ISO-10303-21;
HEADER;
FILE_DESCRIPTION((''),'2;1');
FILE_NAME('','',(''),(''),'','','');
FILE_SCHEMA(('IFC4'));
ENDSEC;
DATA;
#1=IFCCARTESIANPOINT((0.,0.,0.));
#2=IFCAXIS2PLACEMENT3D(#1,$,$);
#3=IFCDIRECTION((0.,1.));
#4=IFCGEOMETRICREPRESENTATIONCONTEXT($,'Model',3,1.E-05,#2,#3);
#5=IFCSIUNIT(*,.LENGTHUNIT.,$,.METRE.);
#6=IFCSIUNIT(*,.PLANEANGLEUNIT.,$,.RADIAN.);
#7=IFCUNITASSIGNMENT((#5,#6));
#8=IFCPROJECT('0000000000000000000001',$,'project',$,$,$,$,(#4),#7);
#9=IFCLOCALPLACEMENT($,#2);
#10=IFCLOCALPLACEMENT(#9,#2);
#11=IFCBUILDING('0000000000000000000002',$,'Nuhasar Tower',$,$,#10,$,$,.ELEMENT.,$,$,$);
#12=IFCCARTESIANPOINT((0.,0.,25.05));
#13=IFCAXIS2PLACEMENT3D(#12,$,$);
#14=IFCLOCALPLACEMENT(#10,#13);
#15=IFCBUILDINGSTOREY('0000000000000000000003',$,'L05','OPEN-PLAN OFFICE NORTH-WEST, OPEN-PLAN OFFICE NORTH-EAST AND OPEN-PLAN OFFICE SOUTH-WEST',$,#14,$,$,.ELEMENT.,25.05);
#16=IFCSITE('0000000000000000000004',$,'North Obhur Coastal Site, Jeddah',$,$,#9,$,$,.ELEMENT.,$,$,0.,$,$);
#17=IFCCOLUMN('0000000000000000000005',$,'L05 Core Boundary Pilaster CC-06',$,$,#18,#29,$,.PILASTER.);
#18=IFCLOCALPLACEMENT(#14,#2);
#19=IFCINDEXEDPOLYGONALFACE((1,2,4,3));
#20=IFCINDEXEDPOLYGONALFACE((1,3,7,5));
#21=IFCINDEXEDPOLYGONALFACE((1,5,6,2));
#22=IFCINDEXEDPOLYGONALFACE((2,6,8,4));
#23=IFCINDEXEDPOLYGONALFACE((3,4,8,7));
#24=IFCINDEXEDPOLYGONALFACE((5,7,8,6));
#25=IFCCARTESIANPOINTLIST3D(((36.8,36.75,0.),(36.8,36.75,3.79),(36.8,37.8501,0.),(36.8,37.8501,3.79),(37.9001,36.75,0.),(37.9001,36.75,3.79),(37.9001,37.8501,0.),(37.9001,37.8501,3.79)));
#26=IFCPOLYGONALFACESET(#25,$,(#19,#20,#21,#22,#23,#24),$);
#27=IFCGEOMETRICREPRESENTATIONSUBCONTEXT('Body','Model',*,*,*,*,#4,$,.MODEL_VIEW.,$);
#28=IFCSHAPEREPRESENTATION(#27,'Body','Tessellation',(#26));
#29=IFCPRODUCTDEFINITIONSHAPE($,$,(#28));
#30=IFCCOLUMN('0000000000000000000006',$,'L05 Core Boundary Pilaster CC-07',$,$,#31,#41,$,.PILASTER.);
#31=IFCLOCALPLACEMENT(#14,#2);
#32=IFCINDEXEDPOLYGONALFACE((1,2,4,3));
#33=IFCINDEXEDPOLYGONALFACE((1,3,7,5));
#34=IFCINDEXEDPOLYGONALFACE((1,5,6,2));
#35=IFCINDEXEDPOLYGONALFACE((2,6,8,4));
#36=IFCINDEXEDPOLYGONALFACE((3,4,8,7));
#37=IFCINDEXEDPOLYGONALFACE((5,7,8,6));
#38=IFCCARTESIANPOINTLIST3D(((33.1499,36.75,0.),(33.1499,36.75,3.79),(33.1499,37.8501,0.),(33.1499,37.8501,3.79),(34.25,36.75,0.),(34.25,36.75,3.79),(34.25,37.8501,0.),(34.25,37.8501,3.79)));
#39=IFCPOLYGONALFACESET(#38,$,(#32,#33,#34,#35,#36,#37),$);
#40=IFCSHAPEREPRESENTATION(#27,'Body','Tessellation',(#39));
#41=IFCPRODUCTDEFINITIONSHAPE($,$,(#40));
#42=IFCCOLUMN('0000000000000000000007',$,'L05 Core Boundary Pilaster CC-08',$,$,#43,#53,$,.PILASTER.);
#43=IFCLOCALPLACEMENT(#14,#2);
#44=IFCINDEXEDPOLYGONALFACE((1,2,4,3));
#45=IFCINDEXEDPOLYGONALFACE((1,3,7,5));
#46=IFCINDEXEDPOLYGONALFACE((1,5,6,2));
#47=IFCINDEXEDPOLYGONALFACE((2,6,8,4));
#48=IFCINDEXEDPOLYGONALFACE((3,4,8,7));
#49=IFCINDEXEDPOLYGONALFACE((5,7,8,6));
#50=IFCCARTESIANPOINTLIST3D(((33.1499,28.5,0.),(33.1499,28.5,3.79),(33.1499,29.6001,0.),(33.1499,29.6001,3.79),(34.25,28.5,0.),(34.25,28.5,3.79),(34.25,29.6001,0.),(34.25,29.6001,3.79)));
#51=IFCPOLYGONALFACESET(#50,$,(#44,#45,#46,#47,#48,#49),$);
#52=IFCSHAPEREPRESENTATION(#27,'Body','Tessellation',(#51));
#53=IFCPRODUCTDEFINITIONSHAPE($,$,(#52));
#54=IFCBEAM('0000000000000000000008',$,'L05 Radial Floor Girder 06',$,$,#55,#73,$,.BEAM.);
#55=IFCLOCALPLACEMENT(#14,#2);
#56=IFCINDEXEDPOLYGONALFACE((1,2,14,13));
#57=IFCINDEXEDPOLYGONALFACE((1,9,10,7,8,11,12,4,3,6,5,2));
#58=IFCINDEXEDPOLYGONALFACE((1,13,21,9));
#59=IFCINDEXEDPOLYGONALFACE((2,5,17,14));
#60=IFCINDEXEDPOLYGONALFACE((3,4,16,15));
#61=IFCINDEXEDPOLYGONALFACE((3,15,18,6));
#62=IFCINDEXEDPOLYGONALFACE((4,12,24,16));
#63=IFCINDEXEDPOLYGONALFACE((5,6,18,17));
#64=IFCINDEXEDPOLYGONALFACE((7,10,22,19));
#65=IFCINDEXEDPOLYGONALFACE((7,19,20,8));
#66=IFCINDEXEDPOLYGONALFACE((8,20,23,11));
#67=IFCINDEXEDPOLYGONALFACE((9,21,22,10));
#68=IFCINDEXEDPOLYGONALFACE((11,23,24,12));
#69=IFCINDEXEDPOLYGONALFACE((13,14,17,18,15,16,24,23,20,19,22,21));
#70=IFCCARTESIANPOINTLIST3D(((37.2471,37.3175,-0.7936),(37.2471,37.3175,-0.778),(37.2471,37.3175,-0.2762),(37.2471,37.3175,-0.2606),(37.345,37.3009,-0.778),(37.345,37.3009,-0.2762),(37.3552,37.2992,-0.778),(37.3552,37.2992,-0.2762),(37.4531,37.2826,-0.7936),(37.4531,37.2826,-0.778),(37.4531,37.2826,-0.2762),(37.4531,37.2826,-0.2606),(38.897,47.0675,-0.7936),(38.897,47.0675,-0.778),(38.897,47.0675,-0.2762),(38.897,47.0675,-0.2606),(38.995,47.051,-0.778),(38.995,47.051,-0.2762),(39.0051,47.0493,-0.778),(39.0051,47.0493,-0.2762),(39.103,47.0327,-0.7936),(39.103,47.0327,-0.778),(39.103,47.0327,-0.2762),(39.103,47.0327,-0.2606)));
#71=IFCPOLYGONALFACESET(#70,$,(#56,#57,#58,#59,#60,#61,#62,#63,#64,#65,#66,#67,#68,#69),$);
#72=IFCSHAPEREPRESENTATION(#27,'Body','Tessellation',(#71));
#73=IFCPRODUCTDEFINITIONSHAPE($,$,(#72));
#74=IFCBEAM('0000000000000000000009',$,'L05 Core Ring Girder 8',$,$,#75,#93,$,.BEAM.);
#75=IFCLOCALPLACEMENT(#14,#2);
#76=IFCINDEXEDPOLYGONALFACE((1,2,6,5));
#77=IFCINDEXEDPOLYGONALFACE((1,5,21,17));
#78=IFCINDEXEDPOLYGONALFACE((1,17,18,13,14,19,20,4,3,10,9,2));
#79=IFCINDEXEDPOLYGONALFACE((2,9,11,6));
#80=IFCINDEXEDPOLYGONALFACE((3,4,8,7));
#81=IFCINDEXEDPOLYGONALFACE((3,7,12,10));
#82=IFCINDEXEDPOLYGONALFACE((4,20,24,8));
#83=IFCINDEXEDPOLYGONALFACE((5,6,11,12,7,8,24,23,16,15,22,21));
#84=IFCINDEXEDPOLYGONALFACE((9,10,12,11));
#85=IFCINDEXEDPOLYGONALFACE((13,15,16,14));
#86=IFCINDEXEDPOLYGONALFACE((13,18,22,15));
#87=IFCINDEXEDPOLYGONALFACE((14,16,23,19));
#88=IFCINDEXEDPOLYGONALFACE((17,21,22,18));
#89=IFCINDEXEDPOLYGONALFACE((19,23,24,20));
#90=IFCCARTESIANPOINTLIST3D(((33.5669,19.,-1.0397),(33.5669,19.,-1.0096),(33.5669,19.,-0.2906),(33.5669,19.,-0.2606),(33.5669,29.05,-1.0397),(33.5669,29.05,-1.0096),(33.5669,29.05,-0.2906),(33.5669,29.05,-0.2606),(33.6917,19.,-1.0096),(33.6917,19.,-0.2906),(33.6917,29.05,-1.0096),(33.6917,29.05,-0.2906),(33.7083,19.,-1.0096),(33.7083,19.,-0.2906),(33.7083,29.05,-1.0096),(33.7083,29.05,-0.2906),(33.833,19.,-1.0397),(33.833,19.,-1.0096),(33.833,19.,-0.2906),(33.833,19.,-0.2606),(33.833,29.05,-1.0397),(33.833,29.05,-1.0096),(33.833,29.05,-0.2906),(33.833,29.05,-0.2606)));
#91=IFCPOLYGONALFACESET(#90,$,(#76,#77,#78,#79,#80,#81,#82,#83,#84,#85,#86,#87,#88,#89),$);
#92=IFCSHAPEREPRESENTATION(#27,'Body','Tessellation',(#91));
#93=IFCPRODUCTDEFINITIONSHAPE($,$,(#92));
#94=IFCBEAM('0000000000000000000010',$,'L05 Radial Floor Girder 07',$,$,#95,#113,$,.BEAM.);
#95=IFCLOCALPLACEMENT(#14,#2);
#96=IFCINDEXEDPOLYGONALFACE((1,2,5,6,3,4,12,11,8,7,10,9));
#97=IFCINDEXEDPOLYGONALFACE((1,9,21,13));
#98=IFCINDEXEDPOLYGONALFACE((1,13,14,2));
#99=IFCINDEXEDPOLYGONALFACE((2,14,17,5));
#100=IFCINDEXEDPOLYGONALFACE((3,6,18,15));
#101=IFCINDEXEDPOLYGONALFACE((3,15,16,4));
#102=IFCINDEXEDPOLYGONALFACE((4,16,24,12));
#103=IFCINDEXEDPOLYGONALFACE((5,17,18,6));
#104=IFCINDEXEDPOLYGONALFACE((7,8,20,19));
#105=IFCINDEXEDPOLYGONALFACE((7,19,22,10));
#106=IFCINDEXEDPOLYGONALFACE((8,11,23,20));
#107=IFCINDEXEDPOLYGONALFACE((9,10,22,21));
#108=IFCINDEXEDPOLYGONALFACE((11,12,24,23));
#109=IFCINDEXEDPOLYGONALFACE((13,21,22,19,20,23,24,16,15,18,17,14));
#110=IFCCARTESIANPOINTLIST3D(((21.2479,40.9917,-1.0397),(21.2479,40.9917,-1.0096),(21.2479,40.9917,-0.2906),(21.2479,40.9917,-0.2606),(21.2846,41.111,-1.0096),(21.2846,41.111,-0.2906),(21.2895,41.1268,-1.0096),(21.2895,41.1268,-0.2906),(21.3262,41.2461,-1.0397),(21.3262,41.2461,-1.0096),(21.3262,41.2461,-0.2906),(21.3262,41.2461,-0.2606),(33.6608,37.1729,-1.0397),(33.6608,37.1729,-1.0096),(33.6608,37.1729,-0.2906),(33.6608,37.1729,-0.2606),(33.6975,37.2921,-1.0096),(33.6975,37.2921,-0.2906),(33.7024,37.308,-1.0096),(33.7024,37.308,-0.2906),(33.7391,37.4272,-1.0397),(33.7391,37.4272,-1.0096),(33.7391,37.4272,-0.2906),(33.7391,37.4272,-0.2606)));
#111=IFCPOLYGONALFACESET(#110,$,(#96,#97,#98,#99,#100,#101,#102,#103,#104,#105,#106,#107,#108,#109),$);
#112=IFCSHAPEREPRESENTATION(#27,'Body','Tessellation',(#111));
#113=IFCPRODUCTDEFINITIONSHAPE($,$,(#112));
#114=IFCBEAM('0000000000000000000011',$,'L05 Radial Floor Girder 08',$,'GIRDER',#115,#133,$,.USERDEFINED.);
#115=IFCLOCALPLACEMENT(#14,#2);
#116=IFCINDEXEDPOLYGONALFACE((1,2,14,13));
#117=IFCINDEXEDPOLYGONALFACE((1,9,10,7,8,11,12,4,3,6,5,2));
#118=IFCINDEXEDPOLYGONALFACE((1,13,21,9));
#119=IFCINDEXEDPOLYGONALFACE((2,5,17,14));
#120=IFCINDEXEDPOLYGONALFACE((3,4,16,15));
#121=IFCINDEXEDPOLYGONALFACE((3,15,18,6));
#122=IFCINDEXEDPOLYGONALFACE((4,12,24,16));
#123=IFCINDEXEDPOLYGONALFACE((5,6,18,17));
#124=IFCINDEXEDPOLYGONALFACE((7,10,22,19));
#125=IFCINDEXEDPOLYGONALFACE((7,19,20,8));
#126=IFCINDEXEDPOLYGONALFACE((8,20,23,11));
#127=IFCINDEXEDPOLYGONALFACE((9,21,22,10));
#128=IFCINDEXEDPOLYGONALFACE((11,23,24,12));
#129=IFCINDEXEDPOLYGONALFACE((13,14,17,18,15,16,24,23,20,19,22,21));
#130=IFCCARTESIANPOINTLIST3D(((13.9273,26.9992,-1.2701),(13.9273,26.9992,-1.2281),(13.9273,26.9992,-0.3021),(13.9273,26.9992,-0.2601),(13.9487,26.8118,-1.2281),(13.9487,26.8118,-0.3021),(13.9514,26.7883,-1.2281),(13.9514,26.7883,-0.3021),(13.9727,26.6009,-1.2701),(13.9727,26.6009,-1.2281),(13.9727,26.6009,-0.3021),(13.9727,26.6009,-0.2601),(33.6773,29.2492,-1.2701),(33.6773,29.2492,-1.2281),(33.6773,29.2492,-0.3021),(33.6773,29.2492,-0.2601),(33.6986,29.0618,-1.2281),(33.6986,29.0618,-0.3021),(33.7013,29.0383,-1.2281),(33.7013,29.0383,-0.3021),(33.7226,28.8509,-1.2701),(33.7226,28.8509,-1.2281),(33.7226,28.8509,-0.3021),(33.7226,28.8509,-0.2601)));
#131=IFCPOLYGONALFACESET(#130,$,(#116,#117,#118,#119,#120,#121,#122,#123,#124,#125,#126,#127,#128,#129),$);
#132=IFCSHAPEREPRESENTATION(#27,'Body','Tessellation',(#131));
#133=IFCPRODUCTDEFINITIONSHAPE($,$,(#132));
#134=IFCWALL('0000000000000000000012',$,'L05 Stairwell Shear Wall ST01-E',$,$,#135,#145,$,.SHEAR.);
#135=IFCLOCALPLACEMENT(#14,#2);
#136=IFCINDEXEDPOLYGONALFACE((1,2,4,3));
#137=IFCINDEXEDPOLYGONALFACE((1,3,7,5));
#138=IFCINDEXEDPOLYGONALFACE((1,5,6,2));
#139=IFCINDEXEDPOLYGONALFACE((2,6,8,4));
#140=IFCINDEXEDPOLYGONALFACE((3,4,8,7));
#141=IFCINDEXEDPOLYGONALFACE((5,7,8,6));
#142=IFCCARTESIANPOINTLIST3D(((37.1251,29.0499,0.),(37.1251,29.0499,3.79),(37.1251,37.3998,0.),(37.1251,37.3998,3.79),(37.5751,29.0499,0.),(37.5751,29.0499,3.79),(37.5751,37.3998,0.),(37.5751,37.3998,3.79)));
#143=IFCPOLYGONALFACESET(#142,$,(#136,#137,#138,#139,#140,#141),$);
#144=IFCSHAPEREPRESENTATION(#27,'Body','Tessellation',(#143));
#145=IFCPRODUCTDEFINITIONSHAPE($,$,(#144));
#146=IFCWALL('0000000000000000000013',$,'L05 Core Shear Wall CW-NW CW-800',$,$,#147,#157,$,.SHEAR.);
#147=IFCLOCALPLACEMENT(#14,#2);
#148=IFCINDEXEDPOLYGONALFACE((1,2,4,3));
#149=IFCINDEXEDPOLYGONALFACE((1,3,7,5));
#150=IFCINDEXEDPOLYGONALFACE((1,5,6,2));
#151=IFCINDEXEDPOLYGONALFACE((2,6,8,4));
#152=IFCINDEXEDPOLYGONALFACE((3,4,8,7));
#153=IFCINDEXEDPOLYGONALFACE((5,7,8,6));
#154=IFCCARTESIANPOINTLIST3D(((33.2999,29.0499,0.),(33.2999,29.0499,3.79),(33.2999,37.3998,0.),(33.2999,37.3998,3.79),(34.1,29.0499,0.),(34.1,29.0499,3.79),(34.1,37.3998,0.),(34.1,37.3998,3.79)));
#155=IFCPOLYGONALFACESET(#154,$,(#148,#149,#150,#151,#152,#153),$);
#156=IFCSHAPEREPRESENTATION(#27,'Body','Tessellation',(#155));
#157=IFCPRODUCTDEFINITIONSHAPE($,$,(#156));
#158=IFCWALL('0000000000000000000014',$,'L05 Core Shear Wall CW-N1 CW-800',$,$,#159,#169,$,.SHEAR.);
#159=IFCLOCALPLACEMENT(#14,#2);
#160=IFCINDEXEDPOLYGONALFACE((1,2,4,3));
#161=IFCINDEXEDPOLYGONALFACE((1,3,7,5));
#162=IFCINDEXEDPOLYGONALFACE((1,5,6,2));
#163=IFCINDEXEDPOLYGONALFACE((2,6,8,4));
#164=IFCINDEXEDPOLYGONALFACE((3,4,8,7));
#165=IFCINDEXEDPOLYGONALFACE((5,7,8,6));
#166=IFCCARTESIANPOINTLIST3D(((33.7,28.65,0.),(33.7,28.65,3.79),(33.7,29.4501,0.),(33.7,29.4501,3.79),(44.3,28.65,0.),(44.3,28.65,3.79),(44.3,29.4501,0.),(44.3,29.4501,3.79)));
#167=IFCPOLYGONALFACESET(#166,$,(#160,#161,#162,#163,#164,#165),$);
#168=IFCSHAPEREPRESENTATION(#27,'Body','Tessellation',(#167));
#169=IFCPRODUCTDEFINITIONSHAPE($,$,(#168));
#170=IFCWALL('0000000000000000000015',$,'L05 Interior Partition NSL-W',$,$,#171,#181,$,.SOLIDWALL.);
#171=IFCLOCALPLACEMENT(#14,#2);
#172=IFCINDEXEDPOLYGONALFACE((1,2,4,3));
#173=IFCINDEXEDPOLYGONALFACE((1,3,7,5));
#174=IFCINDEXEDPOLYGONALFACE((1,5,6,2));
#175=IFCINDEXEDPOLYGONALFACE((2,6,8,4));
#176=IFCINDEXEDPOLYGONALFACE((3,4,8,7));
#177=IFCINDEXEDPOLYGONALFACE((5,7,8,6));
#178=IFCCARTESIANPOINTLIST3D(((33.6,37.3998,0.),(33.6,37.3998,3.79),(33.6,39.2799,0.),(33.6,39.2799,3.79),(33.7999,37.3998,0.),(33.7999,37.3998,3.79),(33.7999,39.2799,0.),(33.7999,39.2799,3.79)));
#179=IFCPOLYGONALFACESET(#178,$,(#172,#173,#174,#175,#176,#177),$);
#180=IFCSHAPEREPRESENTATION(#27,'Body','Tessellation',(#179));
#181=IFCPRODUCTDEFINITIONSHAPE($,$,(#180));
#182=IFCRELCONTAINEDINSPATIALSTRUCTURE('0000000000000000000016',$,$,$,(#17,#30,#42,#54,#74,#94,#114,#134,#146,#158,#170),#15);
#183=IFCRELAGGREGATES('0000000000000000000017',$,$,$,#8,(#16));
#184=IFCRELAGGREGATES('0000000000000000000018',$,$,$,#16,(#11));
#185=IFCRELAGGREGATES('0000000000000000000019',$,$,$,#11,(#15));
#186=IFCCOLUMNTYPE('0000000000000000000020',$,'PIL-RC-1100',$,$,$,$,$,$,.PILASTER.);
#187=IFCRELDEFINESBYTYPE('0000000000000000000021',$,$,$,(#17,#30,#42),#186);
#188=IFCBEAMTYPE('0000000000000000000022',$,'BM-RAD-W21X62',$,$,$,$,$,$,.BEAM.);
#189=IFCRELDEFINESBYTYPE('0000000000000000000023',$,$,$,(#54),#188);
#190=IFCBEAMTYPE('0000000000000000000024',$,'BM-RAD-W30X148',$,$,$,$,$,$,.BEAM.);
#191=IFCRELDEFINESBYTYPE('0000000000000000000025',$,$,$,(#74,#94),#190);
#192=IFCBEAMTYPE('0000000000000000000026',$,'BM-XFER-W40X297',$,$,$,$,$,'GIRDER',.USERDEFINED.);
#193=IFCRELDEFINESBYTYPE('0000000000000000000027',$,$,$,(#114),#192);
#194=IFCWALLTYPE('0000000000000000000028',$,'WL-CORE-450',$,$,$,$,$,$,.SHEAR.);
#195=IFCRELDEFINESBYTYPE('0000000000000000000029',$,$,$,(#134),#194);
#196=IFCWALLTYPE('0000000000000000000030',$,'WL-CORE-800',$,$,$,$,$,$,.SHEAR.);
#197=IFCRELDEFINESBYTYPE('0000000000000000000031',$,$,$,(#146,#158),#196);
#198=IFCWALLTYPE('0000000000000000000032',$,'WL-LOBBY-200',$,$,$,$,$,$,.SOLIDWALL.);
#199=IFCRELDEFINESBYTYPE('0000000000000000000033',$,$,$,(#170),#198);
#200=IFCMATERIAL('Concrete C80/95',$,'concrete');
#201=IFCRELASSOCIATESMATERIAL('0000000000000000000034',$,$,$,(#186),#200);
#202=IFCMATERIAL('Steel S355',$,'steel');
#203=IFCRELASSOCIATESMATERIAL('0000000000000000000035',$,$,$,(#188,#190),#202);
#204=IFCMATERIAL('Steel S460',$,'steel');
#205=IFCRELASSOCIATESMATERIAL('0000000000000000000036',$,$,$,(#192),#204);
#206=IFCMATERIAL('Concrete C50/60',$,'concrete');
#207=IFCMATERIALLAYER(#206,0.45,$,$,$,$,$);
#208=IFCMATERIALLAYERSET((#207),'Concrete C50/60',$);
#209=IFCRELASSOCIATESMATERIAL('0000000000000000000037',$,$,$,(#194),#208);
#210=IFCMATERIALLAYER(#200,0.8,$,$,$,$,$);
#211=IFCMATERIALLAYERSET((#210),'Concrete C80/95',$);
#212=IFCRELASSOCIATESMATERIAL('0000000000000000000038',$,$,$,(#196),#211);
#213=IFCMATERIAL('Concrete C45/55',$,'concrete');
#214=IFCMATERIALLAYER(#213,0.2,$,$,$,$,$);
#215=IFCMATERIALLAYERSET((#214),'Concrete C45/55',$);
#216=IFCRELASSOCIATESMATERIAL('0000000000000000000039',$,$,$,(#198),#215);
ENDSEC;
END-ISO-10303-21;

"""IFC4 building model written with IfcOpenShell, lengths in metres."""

from ifc_helpers import new_model, si_unit, direction, frame, frame_2d, origin, origin_2d, place, context, subcontext, project, spatial, rectangle, i_section, extrude, material, layer, layer_set, material_profile, profile_set, type_object, element, save


model = new_model("IFC4")

# Units and contexts
model_context = context("Model", 3, precision=1e-05, world=origin(), true_north=direction((0.0, 1.0)))
body_context = subcontext(model_context, "Body", "Model", "MODEL_VIEW")
ifc_project = project(units=[si_unit("LENGTHUNIT", "METRE"), si_unit("PLANEANGLEUNIT", "RADIAN")], contexts=[model_context])

# Site, building, storey
site_placement = place(None, origin())
site = spatial("IfcSite", under=ifc_project, at=site_placement, Name="North Obhur Coastal Site, Jeddah", CompositionType="ELEMENT", RefElevation=0.0)
building_placement = place(site_placement, origin())
building = spatial("IfcBuilding", under=site, at=building_placement, Name="Nuhasar Tower", CompositionType="ELEMENT")
storey_placement = place(building_placement, frame((0.0, 0.0, 25.05)))
storey = spatial("IfcBuildingStorey", under=building, at=storey_placement, Name="L05", Description="OPEN-PLAN OFFICE NORTH-WEST, OPEN-PLAN OFFICE NORTH-EAST AND OPEN-PLAN OFFICE SOUTH-WEST", CompositionType="ELEMENT", Elevation=25.05)

# Columns
ifc_material_1 = material(Name="Concrete C80/95", Category="concrete")
ifc_material_profile_1 = material_profile(ifc_material_1, rectangle(XDim=1.1001, YDim=1.1001, at=origin_2d()), Name="RC1100X1100")
ifc_profile_set_1 = profile_set([ifc_material_profile_1], Name="Concrete C80/95")
column_type = type_object("IfcColumnType", Name="PIL-RC-1100", PredefinedType="PILASTER", material=ifc_profile_set_1)
for number, where, z_axis, x_axis, name in (
    (1, (37.3501, 37.3, 0.0), (0.0, 0.0, 1.0), (1.0, 0.0, 0.0), "L05 Core Boundary Pilaster CC-06"),
    (2, (33.7, 37.3, 0.0), (0.0, 0.0, 1.0), (1.0, 0.0, 0.0), "L05 Core Boundary Pilaster CC-07"),
    (3, (33.7, 29.05, 0.0), (0.0, 0.0, 1.0), (1.0, 0.0, 0.0), "L05 Core Boundary Pilaster CC-08"),
):
    element("IfcColumn", number, at=place(storey_placement, frame(where, z_axis=z_axis, x_axis=x_axis)), inside=storey, type_object=column_type, Name=name, PredefinedType="PILASTER", context=body_context, shape_type="SweptSolid", body=[
        extrude(rectangle(XDim=1.1001, YDim=1.1001, at=origin_2d()), origin(), (0.0, 0.0, 1.0), 3.79),
    ])

# Beams
ifc_material_2 = material(Name="Steel S355", Category="steel")
ifc_material_profile_2 = material_profile(ifc_material_2, i_section(OverallWidth=0.209, OverallDepth=0.533, WebThickness=0.0103, FlangeThickness=0.0156, at=origin_2d()), Name="W21X62")
ifc_profile_set_2 = profile_set([ifc_material_profile_2], Name="Steel S355")
beam_type_1 = type_object("IfcBeamType", Name="BM-RAD-W21X62", PredefinedType="BEAM", material=ifc_profile_set_2)
beam_1_placement = place(storey_placement, frame((37.3501, 37.3, -0.5271), z_axis=(0.166849, 0.985983, 0.0), x_axis=(-0.985983, 0.166849, 0.0)))
element("IfcBeam", 4, at=beam_1_placement, inside=storey, type_object=beam_type_1, Name="L05 Radial Floor Girder 06", PredefinedType="BEAM", context=body_context, shape_type="SweptSolid", body=[
    extrude(i_section(OverallWidth=0.209, OverallDepth=0.533, WebThickness=0.0103, FlangeThickness=0.0156, at=origin_2d()), origin(), (0.0, 0.0, 1.0), 9.8887),
])
ifc_material_profile_3 = material_profile(ifc_material_2, i_section(OverallWidth=0.2661, OverallDepth=0.7791, WebThickness=0.0166, FlangeThickness=0.03, at=origin_2d()), Name="W30X148")
ifc_profile_set_3 = profile_set([ifc_material_profile_3], Name="Steel S355")
beam_type_2 = type_object("IfcBeamType", Name="BM-RAD-W30X148", PredefinedType="BEAM", material=ifc_profile_set_3)
beam_2_placement = place(storey_placement, frame((33.7, 29.05, -0.6501), z_axis=(0.0, -1.0, 0.0), x_axis=(1.0, 0.0, 0.0)))
element("IfcBeam", 5, at=beam_2_placement, inside=storey, type_object=beam_type_2, Name="L05 Core Ring Girder 8", PredefinedType="BEAM", context=body_context, shape_type="SweptSolid", body=[
    extrude(i_section(OverallWidth=0.2661, OverallDepth=0.7791, WebThickness=0.0166, FlangeThickness=0.03, at=origin_2d()), origin(), (0.0, 0.0, 1.0), 10.05),
])
beam_3_placement = place(storey_placement, frame((33.7, 37.3, -0.6501), z_axis=(-0.95579, 0.294052, 0.0), x_axis=(-0.294052, -0.95579, 0.0)))
element("IfcBeam", 6, at=beam_3_placement, inside=storey, type_object=beam_type_2, Name="L05 Radial Floor Girder 07", PredefinedType="BEAM", context=body_context, shape_type="SweptSolid", body=[
    extrude(i_section(OverallWidth=0.2661, OverallDepth=0.7791, WebThickness=0.0166, FlangeThickness=0.03, at=origin_2d()), origin(), (0.0, 0.0, 1.0), 12.9871),
])
ifc_material_3 = material(Name="Steel S460", Category="steel")
ifc_material_profile_4 = material_profile(ifc_material_3, i_section(OverallWidth=0.4009, OverallDepth=1.01, WebThickness=0.0237, FlangeThickness=0.042, at=origin_2d()), Name="W40X297")
ifc_profile_set_4 = profile_set([ifc_material_profile_4], Name="Steel S460")
beam_type_3 = type_object("IfcBeamType", Name="BM-XFER-W40X297", ElementType="GIRDER", PredefinedType="USERDEFINED", material=ifc_profile_set_4)
beam_4_placement = place(storey_placement, frame((33.7, 29.05, -0.7651), z_axis=(-0.993573, -0.113192, 0.0), x_axis=(0.113192, -0.993573, 0.0)))
element("IfcBeam", 7, at=beam_4_placement, inside=storey, type_object=beam_type_3, Name="L05 Radial Floor Girder 08", ObjectType="GIRDER", PredefinedType="USERDEFINED", context=body_context, shape_type="SweptSolid", body=[
    extrude(i_section(OverallWidth=0.4009, OverallDepth=1.01, WebThickness=0.0237, FlangeThickness=0.042, at=origin_2d()), origin(), (0.0, 0.0, 1.0), 19.8777),
])

# Walls
ifc_material_4 = material(Name="Concrete C50/60", Category="concrete")
ifc_layer_1 = layer(ifc_material_4, 0.45)
ifc_layer_set_1 = layer_set([ifc_layer_1], Name="Concrete C50/60")
wall_type_1 = type_object("IfcWallType", Name="WL-CORE-450", PredefinedType="SHEAR", material=ifc_layer_set_1)
wall_1_placement = place(storey_placement, frame((37.3501, 29.05, 0.0), z_axis=(0.0, 0.0, 1.0), x_axis=(0.0, 1.0, 0.0)))
element("IfcWall", 8, at=wall_1_placement, inside=storey, type_object=wall_type_1, Name="L05 Stairwell Shear Wall ST01-E", PredefinedType="SHEAR", context=body_context, shape_type="SweptSolid", body=[
    extrude(rectangle(XDim=8.3499, YDim=0.45, at=frame_2d((4.1748, 0.0))), origin(), (0.0, 0.0, 1.0), 3.79),
])
ifc_layer_2 = layer(ifc_material_1, 0.8)
ifc_layer_set_2 = layer_set([ifc_layer_2], Name="Concrete C80/95")
wall_type_2 = type_object("IfcWallType", Name="WL-CORE-800", PredefinedType="SHEAR", material=ifc_layer_set_2)
wall_2_placement = place(storey_placement, frame((33.7, 29.05, 0.0), z_axis=(0.0, 0.0, 1.0), x_axis=(0.0, 1.0, 0.0)))
element("IfcWall", 9, at=wall_2_placement, inside=storey, type_object=wall_type_2, Name="L05 Core Shear Wall CW-NW CW-800", PredefinedType="SHEAR", context=body_context, shape_type="SweptSolid", body=[
    extrude(rectangle(XDim=8.3499, YDim=0.8, at=frame_2d((4.1748, 0.0))), origin(), (0.0, 0.0, 1.0), 3.79),
])
wall_3_placement = place(storey_placement, frame((33.7, 29.05, 0.0), z_axis=(0.0, 0.0, 1.0), x_axis=(1.0, 0.0, 0.0)))
element("IfcWall", 10, at=wall_3_placement, inside=storey, type_object=wall_type_2, Name="L05 Core Shear Wall CW-N1 CW-800", PredefinedType="SHEAR", context=body_context, shape_type="SweptSolid", body=[
    extrude(rectangle(XDim=10.6001, YDim=0.8, at=frame_2d((5.3, 0.0))), origin(), (0.0, 0.0, 1.0), 3.79),
])
ifc_material_5 = material(Name="Concrete C45/55", Category="concrete")
ifc_layer_3 = layer(ifc_material_5, 0.2)
ifc_layer_set_3 = layer_set([ifc_layer_3], Name="Concrete C45/55")
wall_type_3 = type_object("IfcWallType", Name="WL-LOBBY-200", PredefinedType="SOLIDWALL", material=ifc_layer_set_3)
wall_4_placement = place(storey_placement, frame((33.7, 37.3999, 0.0), z_axis=(0.0, 0.0, 1.0), x_axis=(0.0, 1.0, 0.0)))
element("IfcWall", 11, at=wall_4_placement, inside=storey, type_object=wall_type_3, Name="L05 Interior Partition NSL-W", PredefinedType="SOLIDWALL", context=body_context, shape_type="SweptSolid", body=[
    extrude(rectangle(XDim=1.8801, YDim=0.2, at=frame_2d((0.9399, 0.0))), origin(), (0.0, 0.0, 1.0), 3.79),
])

save(model, "model.ifc")
